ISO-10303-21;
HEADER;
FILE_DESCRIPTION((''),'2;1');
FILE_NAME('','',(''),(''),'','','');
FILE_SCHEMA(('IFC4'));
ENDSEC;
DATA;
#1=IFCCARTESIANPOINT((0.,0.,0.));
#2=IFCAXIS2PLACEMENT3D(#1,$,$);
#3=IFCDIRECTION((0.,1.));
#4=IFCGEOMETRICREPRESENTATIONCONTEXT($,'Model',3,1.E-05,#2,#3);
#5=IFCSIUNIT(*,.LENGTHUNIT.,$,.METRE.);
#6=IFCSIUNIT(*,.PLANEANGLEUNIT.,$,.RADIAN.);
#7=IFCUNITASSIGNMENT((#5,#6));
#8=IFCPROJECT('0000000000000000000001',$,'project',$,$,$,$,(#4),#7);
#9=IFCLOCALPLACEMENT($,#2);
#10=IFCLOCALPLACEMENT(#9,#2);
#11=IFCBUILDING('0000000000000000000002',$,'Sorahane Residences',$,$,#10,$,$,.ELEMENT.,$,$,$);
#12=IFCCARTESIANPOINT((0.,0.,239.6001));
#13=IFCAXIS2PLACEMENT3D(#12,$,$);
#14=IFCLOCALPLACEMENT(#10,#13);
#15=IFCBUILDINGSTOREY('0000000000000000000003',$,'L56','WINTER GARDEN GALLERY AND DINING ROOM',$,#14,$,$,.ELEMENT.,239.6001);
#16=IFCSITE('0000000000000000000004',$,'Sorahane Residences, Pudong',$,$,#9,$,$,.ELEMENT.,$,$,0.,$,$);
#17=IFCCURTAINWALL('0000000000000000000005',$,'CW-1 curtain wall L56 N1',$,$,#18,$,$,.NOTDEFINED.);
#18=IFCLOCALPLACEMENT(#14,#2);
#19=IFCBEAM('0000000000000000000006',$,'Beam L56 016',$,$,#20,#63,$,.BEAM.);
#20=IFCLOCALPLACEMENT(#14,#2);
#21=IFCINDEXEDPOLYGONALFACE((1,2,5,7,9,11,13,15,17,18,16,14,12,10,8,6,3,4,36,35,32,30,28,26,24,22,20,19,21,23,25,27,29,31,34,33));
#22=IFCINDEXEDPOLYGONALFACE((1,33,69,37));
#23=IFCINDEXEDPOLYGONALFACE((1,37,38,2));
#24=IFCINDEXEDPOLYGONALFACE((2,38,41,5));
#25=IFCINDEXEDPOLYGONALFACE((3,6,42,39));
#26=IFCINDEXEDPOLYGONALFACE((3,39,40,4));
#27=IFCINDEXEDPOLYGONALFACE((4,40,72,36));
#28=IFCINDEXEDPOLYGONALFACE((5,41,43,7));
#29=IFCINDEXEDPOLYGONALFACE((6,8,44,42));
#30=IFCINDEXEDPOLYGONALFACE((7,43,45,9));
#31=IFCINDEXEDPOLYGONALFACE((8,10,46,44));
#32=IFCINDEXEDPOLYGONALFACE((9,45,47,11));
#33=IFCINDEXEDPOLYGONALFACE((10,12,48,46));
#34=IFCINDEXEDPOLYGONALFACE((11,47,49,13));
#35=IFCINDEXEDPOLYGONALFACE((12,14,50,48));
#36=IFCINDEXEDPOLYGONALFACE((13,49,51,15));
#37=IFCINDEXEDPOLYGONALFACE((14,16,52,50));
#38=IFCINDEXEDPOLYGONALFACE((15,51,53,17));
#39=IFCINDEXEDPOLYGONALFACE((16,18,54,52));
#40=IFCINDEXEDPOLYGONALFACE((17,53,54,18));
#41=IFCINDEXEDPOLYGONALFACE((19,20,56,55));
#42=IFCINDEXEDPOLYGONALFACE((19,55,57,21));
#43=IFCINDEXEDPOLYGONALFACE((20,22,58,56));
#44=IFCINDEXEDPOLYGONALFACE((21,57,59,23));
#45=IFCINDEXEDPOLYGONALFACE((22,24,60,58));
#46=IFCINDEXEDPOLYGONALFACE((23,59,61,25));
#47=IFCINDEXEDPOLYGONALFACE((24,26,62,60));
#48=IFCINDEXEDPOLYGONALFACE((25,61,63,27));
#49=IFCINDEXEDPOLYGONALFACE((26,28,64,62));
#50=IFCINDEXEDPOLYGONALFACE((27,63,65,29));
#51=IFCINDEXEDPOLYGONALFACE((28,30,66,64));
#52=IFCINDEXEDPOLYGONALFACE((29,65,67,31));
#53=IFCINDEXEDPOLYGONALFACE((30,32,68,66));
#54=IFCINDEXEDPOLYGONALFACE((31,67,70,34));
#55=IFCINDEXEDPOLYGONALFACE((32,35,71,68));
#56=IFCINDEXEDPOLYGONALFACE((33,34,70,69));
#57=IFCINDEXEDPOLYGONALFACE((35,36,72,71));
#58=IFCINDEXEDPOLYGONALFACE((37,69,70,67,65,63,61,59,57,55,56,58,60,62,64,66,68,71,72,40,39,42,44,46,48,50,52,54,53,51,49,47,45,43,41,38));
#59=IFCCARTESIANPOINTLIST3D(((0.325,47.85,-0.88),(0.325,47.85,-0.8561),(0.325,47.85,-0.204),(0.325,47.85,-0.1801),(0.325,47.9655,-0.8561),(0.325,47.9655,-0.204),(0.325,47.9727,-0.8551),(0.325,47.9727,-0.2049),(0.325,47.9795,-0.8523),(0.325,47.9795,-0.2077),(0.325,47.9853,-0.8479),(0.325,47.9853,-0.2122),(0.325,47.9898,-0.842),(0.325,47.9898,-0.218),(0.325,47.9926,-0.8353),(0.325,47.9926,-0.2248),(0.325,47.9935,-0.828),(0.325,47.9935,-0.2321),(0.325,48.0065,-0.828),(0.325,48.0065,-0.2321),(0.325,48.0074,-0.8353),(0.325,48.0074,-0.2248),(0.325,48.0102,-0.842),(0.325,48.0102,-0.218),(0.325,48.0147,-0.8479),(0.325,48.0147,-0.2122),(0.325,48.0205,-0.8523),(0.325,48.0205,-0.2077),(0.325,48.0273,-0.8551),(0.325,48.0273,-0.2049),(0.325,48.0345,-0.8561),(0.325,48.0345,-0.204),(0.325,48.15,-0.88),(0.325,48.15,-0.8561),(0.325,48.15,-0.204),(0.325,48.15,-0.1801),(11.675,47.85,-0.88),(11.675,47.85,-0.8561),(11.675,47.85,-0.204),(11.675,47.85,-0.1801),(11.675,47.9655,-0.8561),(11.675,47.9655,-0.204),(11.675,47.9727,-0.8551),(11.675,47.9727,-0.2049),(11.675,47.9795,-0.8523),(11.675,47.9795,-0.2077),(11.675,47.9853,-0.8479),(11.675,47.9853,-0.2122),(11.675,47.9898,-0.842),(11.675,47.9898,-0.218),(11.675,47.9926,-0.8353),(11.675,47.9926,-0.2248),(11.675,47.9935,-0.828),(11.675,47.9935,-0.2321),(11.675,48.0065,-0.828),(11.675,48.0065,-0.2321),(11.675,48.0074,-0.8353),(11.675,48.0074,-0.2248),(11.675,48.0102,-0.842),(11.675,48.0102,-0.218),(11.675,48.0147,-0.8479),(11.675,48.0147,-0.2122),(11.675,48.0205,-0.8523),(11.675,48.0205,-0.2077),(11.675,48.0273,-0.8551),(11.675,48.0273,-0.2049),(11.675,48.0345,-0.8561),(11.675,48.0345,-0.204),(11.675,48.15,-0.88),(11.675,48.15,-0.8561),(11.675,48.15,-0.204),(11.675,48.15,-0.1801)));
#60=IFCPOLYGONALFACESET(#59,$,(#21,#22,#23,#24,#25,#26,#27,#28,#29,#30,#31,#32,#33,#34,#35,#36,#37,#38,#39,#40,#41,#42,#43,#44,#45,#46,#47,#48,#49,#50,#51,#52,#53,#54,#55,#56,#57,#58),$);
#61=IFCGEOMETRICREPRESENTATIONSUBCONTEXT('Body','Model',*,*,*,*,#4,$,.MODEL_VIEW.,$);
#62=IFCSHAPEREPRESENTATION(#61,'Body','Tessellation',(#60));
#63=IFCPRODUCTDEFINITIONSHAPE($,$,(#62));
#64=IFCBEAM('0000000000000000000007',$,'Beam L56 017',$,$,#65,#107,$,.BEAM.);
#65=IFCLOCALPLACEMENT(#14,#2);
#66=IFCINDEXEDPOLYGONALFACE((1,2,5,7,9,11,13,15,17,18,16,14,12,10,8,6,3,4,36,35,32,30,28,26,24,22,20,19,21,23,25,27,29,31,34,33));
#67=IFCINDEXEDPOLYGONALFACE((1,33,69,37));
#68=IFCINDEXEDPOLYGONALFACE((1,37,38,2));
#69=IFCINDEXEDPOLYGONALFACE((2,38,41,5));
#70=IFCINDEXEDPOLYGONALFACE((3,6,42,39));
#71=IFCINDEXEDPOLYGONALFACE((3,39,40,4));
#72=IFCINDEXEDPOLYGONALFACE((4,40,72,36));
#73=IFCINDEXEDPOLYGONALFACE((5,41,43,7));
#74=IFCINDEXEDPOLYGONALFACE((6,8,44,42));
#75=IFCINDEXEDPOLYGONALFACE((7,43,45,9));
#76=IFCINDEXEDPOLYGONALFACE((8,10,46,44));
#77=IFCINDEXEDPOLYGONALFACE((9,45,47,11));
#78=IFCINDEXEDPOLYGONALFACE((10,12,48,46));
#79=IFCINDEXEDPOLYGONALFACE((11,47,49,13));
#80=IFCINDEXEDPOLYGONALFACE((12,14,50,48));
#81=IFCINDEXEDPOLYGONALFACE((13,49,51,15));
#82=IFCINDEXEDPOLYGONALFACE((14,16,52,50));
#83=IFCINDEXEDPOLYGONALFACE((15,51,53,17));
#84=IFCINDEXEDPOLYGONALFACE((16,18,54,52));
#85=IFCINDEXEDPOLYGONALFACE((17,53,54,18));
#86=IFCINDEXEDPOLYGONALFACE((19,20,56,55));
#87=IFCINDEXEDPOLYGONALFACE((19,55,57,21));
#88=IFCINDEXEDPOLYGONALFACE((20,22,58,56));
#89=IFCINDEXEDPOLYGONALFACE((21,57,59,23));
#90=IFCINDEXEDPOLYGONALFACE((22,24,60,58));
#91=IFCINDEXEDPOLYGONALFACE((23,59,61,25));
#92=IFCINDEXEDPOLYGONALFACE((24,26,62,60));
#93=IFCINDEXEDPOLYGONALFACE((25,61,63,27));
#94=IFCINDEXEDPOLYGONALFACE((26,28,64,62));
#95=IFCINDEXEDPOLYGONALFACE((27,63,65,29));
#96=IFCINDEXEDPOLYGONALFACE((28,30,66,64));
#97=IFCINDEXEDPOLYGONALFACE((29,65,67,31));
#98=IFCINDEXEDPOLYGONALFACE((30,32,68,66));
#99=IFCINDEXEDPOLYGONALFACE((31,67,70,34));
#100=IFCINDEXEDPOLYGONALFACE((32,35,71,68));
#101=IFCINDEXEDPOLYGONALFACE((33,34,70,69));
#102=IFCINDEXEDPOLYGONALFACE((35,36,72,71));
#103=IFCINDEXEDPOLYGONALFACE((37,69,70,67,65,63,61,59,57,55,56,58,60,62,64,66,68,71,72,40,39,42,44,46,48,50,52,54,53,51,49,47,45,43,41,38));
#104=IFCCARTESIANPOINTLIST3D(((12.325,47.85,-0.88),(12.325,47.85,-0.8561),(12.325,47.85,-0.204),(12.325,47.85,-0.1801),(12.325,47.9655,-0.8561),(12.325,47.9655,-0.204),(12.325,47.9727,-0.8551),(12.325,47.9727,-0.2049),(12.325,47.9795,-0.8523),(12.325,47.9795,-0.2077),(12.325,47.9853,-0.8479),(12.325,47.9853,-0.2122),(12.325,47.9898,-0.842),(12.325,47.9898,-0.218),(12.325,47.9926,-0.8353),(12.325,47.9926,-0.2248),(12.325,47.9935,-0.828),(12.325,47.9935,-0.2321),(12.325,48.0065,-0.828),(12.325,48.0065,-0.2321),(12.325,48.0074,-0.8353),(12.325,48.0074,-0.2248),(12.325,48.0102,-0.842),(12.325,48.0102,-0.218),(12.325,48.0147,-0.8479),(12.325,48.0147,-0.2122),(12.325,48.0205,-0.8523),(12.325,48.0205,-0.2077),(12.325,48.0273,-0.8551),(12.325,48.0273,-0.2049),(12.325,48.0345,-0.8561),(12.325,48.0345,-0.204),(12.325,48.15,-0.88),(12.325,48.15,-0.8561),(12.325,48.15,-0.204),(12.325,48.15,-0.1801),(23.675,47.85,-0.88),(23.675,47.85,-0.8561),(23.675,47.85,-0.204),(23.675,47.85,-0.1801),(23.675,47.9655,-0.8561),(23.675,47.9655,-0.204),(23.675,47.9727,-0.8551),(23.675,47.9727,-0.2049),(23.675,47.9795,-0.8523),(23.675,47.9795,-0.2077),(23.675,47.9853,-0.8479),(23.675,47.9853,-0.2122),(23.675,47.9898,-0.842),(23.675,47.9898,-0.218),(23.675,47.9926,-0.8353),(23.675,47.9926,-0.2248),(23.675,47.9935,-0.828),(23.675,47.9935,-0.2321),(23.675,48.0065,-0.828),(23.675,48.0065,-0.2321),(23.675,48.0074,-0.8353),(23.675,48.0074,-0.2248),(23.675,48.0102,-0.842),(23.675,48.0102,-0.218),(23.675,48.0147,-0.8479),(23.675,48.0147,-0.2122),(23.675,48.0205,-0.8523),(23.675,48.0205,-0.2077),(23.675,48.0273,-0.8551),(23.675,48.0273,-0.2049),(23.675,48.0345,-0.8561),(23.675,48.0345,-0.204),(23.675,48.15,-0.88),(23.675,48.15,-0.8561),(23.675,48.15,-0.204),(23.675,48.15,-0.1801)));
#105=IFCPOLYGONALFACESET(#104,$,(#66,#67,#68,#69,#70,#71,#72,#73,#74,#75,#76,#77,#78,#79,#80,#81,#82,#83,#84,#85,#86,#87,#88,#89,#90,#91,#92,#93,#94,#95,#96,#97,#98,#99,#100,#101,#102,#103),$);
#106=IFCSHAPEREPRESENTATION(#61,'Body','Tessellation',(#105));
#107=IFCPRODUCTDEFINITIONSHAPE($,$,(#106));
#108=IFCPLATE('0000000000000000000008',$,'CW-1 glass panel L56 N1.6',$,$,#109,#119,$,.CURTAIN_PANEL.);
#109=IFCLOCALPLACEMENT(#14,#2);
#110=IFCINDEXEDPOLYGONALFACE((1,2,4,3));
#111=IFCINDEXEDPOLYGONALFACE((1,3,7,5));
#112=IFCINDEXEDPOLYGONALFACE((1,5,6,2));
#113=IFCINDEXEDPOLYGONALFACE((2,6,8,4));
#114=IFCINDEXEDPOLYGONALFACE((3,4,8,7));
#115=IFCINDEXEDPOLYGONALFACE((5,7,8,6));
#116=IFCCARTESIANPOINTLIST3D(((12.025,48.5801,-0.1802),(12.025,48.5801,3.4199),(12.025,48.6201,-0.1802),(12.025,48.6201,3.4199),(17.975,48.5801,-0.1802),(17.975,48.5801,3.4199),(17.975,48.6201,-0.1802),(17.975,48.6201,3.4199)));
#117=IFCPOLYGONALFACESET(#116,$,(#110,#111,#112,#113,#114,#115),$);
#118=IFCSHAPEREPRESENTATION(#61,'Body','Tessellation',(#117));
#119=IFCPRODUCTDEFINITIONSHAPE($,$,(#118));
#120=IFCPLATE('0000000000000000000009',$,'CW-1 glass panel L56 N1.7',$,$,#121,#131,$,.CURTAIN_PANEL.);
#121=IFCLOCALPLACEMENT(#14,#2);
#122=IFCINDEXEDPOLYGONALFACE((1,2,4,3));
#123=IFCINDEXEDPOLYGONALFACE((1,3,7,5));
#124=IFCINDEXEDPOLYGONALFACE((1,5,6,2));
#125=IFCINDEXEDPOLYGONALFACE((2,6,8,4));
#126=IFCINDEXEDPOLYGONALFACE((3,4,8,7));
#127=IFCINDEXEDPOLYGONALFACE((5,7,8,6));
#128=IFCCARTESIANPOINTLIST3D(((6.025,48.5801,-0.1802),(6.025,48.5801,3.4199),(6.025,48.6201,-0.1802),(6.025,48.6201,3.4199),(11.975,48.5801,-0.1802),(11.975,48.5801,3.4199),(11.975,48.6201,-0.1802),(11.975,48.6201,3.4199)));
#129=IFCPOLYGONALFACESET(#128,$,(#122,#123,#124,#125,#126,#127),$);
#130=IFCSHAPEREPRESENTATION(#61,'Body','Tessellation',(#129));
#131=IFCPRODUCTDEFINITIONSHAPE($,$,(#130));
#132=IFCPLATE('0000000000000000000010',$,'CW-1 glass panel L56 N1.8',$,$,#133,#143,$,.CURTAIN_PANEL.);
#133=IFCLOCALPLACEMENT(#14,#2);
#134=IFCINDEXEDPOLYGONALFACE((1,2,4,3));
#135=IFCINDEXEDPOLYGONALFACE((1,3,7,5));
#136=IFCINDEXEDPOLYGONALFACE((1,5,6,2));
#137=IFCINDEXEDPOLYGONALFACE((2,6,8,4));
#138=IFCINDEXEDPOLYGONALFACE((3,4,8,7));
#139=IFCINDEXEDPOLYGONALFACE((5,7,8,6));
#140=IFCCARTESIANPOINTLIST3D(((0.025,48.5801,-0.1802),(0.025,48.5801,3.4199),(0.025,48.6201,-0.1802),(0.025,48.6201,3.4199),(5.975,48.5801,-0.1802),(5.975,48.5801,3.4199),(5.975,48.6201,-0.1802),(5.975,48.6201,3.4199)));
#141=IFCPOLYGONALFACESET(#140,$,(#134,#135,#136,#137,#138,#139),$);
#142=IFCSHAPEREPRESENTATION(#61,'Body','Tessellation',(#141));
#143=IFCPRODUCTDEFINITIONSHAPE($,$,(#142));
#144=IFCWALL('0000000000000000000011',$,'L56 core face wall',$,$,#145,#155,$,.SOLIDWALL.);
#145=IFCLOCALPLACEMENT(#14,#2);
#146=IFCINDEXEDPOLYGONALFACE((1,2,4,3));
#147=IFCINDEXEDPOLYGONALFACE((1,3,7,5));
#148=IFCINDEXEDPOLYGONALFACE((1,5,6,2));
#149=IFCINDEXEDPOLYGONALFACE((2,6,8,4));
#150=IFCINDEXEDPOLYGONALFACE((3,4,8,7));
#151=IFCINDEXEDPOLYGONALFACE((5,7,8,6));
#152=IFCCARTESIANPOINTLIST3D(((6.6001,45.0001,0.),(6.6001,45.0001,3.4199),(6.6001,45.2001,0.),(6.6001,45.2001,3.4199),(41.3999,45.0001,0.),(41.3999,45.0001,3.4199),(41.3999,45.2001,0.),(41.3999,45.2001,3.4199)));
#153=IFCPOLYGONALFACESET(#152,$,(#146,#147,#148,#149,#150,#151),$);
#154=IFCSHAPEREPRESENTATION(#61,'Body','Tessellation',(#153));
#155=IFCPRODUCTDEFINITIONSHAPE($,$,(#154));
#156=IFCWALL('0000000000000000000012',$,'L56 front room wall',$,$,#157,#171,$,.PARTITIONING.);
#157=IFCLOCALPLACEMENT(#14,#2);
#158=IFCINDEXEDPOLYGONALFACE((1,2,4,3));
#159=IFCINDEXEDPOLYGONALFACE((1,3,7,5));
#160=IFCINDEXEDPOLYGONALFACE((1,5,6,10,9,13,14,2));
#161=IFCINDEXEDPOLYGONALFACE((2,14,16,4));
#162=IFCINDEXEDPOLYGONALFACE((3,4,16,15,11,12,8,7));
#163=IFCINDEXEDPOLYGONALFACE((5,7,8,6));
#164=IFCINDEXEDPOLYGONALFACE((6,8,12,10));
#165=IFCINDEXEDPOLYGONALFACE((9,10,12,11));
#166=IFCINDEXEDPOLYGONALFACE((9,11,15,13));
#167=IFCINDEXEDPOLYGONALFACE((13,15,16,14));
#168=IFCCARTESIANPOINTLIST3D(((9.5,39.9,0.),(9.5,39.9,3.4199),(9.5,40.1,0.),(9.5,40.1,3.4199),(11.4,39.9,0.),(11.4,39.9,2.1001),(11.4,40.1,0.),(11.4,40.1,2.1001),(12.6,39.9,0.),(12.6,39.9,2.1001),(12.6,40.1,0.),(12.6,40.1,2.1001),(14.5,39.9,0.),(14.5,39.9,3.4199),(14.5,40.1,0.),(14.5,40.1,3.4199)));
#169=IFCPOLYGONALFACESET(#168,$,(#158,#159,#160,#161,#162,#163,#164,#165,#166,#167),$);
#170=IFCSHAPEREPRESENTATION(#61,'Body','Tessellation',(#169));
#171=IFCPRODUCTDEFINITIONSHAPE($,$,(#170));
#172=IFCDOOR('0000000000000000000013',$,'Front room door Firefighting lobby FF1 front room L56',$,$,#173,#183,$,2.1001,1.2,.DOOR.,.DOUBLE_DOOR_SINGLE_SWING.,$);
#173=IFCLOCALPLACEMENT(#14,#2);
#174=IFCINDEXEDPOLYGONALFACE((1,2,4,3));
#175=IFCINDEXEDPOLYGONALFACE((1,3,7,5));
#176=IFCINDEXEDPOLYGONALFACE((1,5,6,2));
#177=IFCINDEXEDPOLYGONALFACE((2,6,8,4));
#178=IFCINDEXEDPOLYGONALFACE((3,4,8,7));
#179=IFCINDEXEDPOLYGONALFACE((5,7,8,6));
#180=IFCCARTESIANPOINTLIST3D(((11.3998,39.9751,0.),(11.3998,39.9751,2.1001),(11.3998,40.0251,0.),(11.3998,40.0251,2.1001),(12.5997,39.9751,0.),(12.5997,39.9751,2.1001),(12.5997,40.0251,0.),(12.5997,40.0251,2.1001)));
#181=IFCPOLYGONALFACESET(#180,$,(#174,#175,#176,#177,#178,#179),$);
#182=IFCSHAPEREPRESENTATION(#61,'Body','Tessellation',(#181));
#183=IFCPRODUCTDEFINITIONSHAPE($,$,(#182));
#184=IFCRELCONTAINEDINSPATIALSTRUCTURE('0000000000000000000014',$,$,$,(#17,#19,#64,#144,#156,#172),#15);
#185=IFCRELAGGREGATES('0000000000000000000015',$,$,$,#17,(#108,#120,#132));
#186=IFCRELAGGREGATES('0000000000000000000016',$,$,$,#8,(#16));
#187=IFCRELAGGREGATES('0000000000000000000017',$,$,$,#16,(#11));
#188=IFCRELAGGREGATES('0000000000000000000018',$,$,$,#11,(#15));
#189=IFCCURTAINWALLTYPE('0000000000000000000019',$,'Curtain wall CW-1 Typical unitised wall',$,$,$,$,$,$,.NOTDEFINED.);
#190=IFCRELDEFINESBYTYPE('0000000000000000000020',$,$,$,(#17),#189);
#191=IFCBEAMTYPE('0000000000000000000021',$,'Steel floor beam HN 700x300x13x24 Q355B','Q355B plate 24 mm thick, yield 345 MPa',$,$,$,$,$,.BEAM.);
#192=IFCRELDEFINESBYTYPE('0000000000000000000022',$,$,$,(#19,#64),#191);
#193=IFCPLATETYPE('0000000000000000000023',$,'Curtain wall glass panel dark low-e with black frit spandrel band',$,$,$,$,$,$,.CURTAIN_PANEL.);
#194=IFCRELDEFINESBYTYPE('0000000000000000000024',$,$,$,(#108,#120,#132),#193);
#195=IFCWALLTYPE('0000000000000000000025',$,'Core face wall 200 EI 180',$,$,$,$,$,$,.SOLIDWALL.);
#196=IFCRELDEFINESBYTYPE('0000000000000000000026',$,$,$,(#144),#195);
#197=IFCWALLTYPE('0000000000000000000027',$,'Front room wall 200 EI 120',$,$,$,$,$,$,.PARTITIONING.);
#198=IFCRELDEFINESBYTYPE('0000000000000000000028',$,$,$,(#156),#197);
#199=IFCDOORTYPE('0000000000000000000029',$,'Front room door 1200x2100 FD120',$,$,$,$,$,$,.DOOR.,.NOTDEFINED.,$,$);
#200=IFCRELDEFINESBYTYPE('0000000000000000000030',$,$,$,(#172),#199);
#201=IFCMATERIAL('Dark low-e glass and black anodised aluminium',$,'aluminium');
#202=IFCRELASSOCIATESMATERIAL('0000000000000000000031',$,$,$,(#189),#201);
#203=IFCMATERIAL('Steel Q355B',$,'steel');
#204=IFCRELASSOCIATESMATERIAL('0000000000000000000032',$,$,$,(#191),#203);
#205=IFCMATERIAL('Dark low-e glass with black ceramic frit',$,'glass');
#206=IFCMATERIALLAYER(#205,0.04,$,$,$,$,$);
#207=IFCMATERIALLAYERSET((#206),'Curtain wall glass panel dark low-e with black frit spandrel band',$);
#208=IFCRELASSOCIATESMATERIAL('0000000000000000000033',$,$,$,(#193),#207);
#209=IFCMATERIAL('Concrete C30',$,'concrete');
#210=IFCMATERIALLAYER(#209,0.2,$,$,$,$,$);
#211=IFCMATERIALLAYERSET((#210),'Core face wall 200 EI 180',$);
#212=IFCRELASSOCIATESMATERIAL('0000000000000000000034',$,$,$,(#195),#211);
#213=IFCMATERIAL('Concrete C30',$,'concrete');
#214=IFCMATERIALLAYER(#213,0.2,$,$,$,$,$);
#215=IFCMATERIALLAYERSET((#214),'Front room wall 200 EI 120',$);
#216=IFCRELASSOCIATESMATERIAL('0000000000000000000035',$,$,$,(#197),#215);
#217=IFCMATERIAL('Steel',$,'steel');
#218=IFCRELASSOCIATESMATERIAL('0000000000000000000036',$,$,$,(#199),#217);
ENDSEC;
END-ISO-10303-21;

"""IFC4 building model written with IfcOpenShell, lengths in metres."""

from ifc_helpers import new_model, si_unit, direction, frame, frame_2d, origin, origin_2d, place, context, subcontext, project, spatial, rectangle, i_section, extrude, material, layer, layer_set, material_profile, profile_set, type_object, element, fill, aggregate, save


model = new_model("IFC4")

# Units and contexts
model_context = context("Model", 3, precision=1e-05, world=origin(), true_north=direction((0.0, 1.0)))
body_context = subcontext(model_context, "Body", "Model", "MODEL_VIEW")
ifc_project = project(units=[si_unit("LENGTHUNIT", "METRE"), si_unit("PLANEANGLEUNIT", "RADIAN")], contexts=[model_context])

# Site, building, storey
site_placement = place(None, origin())
site = spatial("IfcSite", under=ifc_project, at=site_placement, Name="Sorahane Residences, Pudong", CompositionType="ELEMENT", RefElevation=0.0)
building_placement = place(site_placement, origin())
building = spatial("IfcBuilding", under=site, at=building_placement, Name="Sorahane Residences", CompositionType="ELEMENT")
storey_placement = place(building_placement, frame((0.0, 0.0, 239.6001)))
storey = spatial("IfcBuildingStorey", under=building, at=storey_placement, Name="L56", Description="WINTER GARDEN GALLERY AND DINING ROOM", CompositionType="ELEMENT", Elevation=239.6001)

# Curtain wall
ifc_material_1 = material(Name="Dark low-e glass and black anodised aluminium", Category="aluminium")
curtain_wall_type = type_object("IfcCurtainWallType", Name="Curtain wall CW-1 Typical unitised wall", PredefinedType="NOTDEFINED", material=ifc_material_1)
curtain_wall_placement = place(storey_placement, origin())
curtain_wall = element("IfcCurtainWall", 1, at=curtain_wall_placement, inside=storey, type_object=curtain_wall_type, Name="CW-1 curtain wall L56 N1", PredefinedType="NOTDEFINED")

# Beams
ifc_material_2 = material(Name="Steel Q355B", Category="steel")
ifc_material_profile_1 = material_profile(ifc_material_2, i_section(OverallWidth=0.3, OverallDepth=0.7, WebThickness=0.0129, FlangeThickness=0.0239, FilletRadius=0.0281, at=origin_2d()), Name="HN 700x300x13x24")
ifc_profile_set_1 = profile_set([ifc_material_profile_1], Name="Steel Q355B")
beam_type_1 = type_object("IfcBeamType", Name="Steel floor beam HN 700x300x13x24 Q355B", Description="Q355B plate 24 mm thick, yield 345 MPa", PredefinedType="BEAM", material=ifc_profile_set_1)
for number, where, z_axis, x_axis, name in (
    (2, (0.325, 48.0, -0.53), (1.0, 0.0, 0.0), (0.0, 1.0, 0.0), "Beam L56 016"),
    (3, (12.325, 48.0, -0.53), (1.0, 0.0, 0.0), (0.0, 1.0, 0.0), "Beam L56 017"),
):
    element("IfcBeam", number, at=place(storey_placement, frame(where, z_axis=z_axis, x_axis=x_axis)), inside=storey, type_object=beam_type_1, Name=name, PredefinedType="BEAM", context=body_context, shape_type="SweptSolid", body=[
        extrude(i_section(OverallWidth=0.3, OverallDepth=0.7, WebThickness=0.0129, FlangeThickness=0.0239, FilletRadius=0.0281, at=origin_2d()), origin(), (0.0, 0.0, 1.0), 11.3501),
    ])

# Plates
ifc_material_3 = material(Name="Dark low-e glass with black ceramic frit", Category="glass")
ifc_layer_1 = layer(ifc_material_3, 0.04)
ifc_layer_set_1 = layer_set([ifc_layer_1], Name="Curtain wall glass panel dark low-e with black frit spandrel band")
plate_type = type_object("IfcPlateType", Name="Curtain wall glass panel dark low-e with black frit spandrel band", PredefinedType="CURTAIN_PANEL", material=ifc_layer_set_1)
plate_1_placement = place(storey_placement, frame((15.0, 48.6001, -0.1802), z_axis=(0.0, 0.0, 1.0), x_axis=(-1.0, 0.0, 0.0)))
plate_1 = element("IfcPlate", 4, at=plate_1_placement, type_object=plate_type, Name="CW-1 glass panel L56 N1.6", PredefinedType="CURTAIN_PANEL", context=body_context, shape_type="SweptSolid", body=[
    extrude(rectangle(XDim=5.95, YDim=0.04, at=origin_2d()), origin(), (0.0, 0.0, 1.0), 3.6001),
])
plate_2_placement = place(storey_placement, frame((9.0, 48.6001, -0.1802), z_axis=(0.0, 0.0, 1.0), x_axis=(-1.0, 0.0, 0.0)))
plate_2 = element("IfcPlate", 5, at=plate_2_placement, type_object=plate_type, Name="CW-1 glass panel L56 N1.7", PredefinedType="CURTAIN_PANEL", context=body_context, shape_type="SweptSolid", body=[
    extrude(rectangle(XDim=5.95, YDim=0.04, at=origin_2d()), origin(), (0.0, 0.0, 1.0), 3.6001),
])
plate_3_placement = place(storey_placement, frame((3.0, 48.6001, -0.1802), z_axis=(0.0, 0.0, 1.0), x_axis=(-1.0, 0.0, 0.0)))
plate_3 = element("IfcPlate", 6, at=plate_3_placement, type_object=plate_type, Name="CW-1 glass panel L56 N1.8", PredefinedType="CURTAIN_PANEL", context=body_context, shape_type="SweptSolid", body=[
    extrude(rectangle(XDim=5.95, YDim=0.04, at=origin_2d()), origin(), (0.0, 0.0, 1.0), 3.6001),
])
aggregate(curtain_wall, [plate_1, plate_2, plate_3])

# Wall
ifc_material_4 = material(Name="Concrete C30", Category="concrete")
ifc_layer_2 = layer(ifc_material_4, 0.2)
ifc_layer_set_2 = layer_set([ifc_layer_2], Name="Core face wall 200 EI 180")
wall_type_1 = type_object("IfcWallType", Name="Core face wall 200 EI 180", PredefinedType="SOLIDWALL", material=ifc_layer_set_2)
wall_1_placement = place(storey_placement, frame((6.6001, 45.1001, 0.0), z_axis=(0.0, 0.0, 1.0), x_axis=(1.0, 0.0, 0.0)))
element("IfcWall", 7, at=wall_1_placement, inside=storey, type_object=wall_type_1, Name="L56 core face wall", PredefinedType="SOLIDWALL", context=body_context, shape_type="SweptSolid", body=[
    extrude(rectangle(XDim=34.7998, YDim=0.2, at=frame_2d((17.3999, 0.0))), origin(), (0.0, 0.0, 1.0), 3.4199),
])

# Wall, opening, door
ifc_material_5 = material(Name="Concrete C30", Category="concrete")
ifc_layer_3 = layer(ifc_material_5, 0.2)
ifc_layer_set_3 = layer_set([ifc_layer_3], Name="Front room wall 200 EI 120")
wall_type_2 = type_object("IfcWallType", Name="Front room wall 200 EI 120", PredefinedType="PARTITIONING", material=ifc_layer_set_3)
wall_2_placement = place(storey_placement, frame((9.5, 40.0, 0.0), z_axis=(0.0, 0.0, 1.0), x_axis=(1.0, 0.0, 0.0)))
wall_2 = element("IfcWall", 8, at=wall_2_placement, inside=storey, type_object=wall_type_2, Name="L56 front room wall", PredefinedType="PARTITIONING", context=body_context, shape_type="SweptSolid", body=[
    extrude(rectangle(XDim=5.0, YDim=0.2, at=frame_2d((2.5, 0.0))), origin(), (0.0, 0.0, 1.0), 3.4199),
])
opening_placement = place(wall_2_placement, frame((1.8999, 0.0, 0.0)))
opening = element("IfcOpeningElement", 9, at=opening_placement, cuts=wall_2, PredefinedType="OPENING", context=body_context, shape_type="SweptSolid", body=[
    extrude(rectangle(XDim=1.2, YDim=2.1001, at=frame_2d((0.6001, 1.05))), frame((0.0, 0.1099, 0.0), z_axis=(0.0, -1.0, 0.0), x_axis=(1.0, 0.0, 0.0)), (0.0, 0.0, 1.0), 0.22),
])
ifc_material_6 = material(Name="Steel", Category="steel")
door_type = type_object("IfcDoorType", Name="Front room door 1200x2100 FD120", OperationType="NOTDEFINED", PredefinedType="DOOR", material=ifc_material_6)
door_placement = place(opening_placement, frame((1.2, 0.0, 0.0), z_axis=(0.0, 0.0, 1.0), x_axis=(-1.0, 0.0, 0.0)))
door = element("IfcDoor", 10, at=door_placement, inside=storey, type_object=door_type, Name="Front room door Firefighting lobby FF1 front room L56", OperationType="DOUBLE_DOOR_SINGLE_SWING", OverallHeight=2.1001, OverallWidth=1.2, PredefinedType="DOOR", context=body_context, shape_type="SweptSolid", body=[
    extrude(rectangle(XDim=1.2, YDim=2.1001, at=frame_2d((0.6001, 1.05))), frame((0.0, 0.0249, 0.0), z_axis=(0.0, -1.0, 0.0), x_axis=(1.0, 0.0, 0.0)), (0.0, 0.0, 1.0), 0.05),
])
fill(opening, door)

save(model, "model.ifc")
